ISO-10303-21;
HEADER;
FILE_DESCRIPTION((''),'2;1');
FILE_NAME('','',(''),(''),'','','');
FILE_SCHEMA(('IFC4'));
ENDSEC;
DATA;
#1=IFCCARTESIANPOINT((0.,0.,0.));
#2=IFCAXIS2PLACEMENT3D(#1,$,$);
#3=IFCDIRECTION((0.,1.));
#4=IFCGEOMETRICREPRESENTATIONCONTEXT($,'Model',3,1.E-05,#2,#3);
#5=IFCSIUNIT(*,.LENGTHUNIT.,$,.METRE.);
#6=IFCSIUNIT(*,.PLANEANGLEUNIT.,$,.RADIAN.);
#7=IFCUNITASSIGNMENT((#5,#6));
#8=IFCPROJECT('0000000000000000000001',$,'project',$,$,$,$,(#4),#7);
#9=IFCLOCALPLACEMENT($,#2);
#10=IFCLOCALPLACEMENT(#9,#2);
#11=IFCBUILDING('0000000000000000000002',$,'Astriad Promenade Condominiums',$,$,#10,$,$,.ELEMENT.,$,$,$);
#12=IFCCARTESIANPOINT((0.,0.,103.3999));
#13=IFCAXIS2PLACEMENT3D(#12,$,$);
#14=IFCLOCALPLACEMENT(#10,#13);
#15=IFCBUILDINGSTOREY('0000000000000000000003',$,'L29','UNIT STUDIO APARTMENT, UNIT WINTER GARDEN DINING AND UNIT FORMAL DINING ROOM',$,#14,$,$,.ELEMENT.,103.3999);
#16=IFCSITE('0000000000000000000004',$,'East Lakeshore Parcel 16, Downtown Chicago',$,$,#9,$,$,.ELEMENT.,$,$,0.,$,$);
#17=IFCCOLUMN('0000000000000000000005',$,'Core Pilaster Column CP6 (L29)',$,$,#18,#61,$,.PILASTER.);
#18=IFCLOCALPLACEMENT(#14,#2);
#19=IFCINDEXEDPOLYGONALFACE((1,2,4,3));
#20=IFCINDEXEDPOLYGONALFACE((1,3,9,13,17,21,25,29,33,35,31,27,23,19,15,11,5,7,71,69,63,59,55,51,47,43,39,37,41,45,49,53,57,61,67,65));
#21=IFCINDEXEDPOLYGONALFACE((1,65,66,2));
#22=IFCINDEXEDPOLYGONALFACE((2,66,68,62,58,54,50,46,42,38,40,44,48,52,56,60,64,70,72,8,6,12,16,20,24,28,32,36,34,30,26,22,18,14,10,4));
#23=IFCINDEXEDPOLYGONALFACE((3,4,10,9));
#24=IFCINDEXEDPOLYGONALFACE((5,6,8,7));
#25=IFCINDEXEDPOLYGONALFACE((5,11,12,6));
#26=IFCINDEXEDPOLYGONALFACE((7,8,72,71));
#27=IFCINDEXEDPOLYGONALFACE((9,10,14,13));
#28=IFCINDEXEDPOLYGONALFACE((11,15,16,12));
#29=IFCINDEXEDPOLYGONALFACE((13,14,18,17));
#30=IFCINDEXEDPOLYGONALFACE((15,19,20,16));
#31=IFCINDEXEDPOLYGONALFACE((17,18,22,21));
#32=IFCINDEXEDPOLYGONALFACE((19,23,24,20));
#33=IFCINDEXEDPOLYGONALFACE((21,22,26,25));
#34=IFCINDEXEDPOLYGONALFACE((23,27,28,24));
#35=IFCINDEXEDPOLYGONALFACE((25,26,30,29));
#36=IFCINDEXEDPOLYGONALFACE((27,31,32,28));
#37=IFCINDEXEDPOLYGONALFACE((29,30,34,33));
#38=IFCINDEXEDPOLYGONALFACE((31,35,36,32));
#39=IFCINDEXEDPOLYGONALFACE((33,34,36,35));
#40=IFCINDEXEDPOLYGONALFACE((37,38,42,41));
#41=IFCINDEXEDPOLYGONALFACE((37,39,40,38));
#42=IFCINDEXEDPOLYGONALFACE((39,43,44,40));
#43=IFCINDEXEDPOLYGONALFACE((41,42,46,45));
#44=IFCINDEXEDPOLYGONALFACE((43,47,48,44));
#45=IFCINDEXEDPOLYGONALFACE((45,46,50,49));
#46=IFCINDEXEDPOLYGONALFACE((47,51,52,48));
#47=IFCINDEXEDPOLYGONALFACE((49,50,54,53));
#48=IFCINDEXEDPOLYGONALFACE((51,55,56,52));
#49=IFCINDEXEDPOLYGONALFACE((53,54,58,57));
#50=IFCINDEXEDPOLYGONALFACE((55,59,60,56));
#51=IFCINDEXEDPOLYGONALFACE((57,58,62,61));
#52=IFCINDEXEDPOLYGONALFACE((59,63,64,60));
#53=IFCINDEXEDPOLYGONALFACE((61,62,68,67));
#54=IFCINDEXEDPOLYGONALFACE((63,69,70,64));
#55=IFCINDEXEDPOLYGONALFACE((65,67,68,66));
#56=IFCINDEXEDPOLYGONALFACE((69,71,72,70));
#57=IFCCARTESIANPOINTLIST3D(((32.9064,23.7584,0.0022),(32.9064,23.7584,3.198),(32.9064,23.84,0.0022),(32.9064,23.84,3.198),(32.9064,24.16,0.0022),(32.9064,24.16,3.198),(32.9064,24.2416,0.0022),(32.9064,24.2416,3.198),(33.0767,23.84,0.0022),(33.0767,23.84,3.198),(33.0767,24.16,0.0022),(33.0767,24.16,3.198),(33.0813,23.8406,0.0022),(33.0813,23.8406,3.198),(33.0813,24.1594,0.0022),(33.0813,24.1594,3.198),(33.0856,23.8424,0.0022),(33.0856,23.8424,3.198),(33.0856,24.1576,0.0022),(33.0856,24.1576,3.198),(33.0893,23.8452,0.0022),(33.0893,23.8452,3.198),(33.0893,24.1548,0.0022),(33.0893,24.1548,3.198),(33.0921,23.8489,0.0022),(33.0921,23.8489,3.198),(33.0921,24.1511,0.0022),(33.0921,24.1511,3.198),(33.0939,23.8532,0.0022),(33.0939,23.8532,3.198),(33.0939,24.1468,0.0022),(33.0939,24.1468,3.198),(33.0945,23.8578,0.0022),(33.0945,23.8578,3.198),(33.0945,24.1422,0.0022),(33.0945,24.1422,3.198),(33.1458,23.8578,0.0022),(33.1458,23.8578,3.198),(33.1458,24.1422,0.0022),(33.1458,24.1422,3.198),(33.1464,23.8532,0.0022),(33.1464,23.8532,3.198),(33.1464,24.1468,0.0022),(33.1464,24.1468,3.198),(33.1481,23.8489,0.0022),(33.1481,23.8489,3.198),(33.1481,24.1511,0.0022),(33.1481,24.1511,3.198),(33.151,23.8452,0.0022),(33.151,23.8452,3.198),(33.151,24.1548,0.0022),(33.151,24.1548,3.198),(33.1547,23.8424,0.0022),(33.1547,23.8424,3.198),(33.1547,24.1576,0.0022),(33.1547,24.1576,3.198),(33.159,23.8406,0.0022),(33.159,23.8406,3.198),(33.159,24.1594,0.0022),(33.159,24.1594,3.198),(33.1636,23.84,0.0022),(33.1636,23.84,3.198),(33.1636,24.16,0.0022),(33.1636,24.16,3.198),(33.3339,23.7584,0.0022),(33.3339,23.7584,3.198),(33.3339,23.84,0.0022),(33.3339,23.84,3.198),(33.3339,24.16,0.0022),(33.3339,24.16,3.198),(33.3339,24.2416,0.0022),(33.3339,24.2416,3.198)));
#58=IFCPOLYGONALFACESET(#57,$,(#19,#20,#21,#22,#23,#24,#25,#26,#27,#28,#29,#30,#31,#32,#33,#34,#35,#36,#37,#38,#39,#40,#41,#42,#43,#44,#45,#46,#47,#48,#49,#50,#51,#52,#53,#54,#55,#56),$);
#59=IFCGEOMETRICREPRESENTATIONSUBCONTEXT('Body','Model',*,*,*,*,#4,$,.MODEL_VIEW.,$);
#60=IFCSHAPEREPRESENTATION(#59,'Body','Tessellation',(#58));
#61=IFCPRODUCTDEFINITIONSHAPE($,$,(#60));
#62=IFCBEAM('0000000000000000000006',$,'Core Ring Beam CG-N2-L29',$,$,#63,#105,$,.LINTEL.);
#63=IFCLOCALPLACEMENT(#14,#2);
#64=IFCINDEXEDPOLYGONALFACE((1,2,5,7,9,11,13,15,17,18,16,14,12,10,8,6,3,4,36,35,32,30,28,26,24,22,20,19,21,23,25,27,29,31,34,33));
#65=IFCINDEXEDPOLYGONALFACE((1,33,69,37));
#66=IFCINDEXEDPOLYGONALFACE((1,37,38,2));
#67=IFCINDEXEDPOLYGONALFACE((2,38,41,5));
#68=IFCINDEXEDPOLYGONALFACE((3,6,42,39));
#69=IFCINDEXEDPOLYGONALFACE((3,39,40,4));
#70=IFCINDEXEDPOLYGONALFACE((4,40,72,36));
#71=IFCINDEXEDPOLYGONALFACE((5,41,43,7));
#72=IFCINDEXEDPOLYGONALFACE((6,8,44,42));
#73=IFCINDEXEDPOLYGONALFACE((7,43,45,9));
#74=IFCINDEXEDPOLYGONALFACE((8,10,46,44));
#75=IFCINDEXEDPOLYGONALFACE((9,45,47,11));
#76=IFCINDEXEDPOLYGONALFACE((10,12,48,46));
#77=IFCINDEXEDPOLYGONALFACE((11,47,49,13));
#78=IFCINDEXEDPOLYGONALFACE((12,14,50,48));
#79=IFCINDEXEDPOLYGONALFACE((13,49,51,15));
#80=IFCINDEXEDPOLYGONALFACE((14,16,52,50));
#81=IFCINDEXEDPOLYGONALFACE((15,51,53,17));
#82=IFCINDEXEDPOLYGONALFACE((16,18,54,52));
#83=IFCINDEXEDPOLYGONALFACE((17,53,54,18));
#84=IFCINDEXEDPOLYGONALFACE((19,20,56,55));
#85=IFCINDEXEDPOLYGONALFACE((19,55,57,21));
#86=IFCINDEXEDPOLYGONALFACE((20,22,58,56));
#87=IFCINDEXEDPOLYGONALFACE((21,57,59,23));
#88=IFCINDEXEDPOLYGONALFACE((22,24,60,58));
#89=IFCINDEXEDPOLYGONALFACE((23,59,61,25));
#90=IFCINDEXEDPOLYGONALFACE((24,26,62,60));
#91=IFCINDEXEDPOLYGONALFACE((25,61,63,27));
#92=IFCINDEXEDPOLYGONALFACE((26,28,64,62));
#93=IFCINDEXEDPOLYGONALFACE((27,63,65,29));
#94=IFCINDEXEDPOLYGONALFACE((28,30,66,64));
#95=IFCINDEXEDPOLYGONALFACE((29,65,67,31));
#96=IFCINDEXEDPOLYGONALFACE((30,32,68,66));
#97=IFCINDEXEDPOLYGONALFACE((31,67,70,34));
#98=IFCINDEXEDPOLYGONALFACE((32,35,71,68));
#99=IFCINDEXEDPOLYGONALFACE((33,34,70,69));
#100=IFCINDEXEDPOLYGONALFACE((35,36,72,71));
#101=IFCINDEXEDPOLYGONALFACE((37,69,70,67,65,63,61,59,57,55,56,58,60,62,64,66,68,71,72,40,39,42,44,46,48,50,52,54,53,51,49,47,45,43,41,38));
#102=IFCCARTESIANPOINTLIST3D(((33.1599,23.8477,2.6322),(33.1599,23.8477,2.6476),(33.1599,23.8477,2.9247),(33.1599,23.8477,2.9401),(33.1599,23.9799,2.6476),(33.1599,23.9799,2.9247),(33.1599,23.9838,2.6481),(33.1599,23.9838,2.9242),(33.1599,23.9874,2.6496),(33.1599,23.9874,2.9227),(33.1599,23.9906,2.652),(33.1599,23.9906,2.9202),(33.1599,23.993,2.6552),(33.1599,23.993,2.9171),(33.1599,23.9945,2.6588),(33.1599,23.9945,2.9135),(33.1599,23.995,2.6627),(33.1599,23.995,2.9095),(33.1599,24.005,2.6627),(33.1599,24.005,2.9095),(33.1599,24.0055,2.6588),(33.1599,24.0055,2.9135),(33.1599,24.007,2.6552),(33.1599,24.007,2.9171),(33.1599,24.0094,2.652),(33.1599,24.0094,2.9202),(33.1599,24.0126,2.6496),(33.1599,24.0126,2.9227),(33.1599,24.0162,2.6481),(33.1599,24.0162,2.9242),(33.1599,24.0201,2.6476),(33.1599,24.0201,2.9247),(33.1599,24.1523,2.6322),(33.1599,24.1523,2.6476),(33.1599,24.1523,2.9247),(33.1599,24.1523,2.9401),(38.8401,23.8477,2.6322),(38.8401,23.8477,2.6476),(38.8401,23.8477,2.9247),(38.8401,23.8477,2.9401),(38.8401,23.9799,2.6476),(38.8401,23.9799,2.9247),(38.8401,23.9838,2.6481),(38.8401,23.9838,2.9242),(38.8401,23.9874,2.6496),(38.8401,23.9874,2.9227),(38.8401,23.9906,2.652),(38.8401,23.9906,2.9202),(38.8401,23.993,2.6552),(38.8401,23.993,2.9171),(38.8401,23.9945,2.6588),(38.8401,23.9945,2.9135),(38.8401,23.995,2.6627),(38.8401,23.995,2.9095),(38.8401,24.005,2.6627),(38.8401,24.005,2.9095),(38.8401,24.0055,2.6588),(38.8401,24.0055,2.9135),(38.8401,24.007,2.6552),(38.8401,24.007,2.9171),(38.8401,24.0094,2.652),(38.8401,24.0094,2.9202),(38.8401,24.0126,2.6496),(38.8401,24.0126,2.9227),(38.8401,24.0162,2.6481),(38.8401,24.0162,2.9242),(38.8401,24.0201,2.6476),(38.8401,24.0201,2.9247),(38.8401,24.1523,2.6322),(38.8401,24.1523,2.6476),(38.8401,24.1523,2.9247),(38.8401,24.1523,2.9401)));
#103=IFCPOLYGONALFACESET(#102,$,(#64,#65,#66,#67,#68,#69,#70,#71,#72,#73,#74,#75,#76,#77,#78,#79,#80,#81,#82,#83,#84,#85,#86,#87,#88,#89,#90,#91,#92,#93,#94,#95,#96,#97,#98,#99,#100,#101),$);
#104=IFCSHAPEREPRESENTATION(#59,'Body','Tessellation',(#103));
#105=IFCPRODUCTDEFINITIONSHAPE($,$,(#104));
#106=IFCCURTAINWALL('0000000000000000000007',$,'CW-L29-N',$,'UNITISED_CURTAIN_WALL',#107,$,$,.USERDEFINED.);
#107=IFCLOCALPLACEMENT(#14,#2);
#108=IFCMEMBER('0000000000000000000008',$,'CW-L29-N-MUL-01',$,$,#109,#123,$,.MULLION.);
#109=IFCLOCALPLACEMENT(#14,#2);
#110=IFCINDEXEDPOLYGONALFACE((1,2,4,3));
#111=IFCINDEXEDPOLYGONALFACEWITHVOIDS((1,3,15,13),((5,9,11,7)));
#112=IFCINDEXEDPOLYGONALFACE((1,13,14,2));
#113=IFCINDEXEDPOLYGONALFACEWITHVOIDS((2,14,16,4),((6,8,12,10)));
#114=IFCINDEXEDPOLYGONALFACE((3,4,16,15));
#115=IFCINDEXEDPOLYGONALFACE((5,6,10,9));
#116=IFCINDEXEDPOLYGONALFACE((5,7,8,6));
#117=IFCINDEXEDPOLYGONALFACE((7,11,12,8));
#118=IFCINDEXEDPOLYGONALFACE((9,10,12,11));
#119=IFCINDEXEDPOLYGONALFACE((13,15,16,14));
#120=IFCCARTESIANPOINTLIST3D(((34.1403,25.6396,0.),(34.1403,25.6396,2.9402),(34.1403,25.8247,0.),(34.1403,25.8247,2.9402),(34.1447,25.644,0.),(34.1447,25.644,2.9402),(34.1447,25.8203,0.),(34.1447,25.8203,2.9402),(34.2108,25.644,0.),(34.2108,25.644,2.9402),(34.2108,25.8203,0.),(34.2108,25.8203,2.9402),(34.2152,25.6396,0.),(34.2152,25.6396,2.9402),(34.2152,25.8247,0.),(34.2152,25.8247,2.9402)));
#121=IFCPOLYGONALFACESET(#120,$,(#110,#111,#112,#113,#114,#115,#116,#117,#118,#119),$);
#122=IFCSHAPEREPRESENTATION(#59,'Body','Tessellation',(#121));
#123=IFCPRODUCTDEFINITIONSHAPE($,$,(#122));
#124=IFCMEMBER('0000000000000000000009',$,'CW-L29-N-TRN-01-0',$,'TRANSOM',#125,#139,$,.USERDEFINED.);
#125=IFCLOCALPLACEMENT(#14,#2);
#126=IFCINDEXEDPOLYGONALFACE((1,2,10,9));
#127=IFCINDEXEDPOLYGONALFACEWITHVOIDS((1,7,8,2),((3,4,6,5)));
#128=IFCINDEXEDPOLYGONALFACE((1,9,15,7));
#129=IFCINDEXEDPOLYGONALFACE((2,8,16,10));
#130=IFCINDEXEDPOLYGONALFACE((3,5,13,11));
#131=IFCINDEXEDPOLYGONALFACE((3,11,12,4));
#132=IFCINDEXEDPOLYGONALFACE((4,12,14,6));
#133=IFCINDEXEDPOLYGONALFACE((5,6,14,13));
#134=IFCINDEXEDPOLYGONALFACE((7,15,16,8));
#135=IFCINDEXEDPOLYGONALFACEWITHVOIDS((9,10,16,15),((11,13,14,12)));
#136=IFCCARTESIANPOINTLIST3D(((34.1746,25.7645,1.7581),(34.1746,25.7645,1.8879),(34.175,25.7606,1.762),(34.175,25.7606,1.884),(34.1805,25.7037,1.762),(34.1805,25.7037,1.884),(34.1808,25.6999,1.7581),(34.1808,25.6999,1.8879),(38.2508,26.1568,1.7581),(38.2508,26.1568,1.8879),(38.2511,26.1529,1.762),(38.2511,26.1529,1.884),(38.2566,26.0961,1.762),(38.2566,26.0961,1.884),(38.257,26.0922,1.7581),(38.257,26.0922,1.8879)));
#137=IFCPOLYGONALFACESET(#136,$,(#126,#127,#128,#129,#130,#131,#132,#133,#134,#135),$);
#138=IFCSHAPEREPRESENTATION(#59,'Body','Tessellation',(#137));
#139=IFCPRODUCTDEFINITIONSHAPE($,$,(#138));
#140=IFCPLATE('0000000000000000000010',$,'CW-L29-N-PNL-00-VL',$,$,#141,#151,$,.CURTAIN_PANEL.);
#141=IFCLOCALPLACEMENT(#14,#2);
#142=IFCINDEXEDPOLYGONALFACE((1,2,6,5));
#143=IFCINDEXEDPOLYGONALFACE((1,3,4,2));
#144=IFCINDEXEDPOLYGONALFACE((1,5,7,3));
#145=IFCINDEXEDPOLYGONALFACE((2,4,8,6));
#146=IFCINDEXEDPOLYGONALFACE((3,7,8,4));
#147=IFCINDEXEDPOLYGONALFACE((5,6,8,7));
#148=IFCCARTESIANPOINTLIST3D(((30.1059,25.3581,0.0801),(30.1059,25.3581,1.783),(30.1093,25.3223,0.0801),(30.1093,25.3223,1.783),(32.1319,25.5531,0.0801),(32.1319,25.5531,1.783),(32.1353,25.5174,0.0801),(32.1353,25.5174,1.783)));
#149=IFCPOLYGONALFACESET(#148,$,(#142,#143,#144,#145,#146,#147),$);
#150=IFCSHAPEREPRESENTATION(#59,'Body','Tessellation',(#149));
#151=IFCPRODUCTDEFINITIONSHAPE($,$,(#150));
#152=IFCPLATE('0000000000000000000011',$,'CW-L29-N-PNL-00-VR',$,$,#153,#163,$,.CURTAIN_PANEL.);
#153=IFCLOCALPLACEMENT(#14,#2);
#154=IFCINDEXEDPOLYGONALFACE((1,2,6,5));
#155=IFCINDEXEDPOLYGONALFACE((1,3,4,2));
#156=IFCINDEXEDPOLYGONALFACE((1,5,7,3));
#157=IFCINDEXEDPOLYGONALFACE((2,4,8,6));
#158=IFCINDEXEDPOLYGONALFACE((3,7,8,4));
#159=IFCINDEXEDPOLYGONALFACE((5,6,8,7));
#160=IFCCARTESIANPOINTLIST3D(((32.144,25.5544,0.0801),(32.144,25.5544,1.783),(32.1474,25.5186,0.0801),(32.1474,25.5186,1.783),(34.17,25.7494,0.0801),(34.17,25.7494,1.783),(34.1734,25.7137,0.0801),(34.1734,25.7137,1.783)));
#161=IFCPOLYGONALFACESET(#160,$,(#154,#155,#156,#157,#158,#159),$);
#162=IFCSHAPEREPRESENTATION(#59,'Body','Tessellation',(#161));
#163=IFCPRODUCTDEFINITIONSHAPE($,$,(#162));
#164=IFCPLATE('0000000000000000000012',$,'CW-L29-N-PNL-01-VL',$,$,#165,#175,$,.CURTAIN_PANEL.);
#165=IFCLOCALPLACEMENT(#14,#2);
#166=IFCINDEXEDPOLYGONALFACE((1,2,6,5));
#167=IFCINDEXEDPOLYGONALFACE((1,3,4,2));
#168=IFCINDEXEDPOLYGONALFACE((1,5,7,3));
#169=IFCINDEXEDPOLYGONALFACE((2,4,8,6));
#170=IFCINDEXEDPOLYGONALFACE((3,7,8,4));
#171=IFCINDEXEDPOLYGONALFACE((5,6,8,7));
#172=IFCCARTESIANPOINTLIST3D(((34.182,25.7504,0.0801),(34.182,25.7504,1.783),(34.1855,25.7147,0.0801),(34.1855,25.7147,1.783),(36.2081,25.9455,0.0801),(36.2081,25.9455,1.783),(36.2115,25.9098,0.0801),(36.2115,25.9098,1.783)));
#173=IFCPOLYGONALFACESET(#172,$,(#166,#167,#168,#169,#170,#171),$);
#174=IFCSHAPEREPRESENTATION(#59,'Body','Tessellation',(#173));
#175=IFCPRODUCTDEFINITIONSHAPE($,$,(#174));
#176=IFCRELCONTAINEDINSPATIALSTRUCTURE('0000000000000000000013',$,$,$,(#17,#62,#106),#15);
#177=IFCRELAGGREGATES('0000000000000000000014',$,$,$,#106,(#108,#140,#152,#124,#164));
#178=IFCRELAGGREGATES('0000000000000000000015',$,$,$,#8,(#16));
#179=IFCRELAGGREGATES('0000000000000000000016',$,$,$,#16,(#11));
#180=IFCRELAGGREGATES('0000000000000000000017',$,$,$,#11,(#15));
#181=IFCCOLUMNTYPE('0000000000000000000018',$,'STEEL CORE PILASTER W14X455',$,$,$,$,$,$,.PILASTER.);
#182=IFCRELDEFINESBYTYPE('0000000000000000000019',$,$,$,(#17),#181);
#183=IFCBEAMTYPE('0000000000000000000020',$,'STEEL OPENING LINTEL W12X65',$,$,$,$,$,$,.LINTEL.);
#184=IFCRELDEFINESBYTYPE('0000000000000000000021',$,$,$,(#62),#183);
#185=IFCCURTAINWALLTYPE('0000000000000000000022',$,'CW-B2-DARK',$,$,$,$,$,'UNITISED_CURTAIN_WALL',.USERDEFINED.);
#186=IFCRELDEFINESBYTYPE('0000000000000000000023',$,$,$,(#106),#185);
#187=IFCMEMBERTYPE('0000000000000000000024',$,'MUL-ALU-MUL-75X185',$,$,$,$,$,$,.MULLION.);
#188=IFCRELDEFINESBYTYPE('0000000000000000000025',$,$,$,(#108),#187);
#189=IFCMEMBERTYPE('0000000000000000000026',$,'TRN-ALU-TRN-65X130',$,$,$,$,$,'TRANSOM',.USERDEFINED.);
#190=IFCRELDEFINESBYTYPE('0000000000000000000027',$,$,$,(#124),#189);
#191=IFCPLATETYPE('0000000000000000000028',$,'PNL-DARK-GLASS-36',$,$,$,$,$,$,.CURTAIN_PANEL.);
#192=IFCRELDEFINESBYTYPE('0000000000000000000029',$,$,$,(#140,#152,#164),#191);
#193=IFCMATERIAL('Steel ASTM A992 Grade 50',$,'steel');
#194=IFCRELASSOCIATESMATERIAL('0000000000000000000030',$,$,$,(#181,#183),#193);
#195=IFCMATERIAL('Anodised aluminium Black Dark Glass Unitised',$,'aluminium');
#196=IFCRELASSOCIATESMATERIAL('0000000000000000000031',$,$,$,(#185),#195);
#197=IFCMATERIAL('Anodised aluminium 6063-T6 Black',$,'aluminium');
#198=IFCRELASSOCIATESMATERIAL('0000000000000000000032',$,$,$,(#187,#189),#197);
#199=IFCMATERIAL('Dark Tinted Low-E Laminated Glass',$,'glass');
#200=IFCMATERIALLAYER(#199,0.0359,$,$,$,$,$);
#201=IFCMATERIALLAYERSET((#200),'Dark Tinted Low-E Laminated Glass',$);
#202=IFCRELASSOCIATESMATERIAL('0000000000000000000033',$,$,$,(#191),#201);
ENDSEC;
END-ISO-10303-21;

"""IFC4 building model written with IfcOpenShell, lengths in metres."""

from ifc_helpers import new_model, si_unit, direction, frame, origin, origin_2d, place, context, subcontext, project, spatial, rectangle, hollow_rectangle, i_section, extrude, source, transform, mapped, material, layer, layer_set, material_profile, profile_set, type_object, type_shapes, element, aggregate, save


model = new_model("IFC4")

# Units and contexts
model_context = context("Model", 3, precision=1e-05, world=origin(), true_north=direction((0.0, 1.0)))
body_context = subcontext(model_context, "Body", "Model", "MODEL_VIEW")
ifc_project = project(units=[si_unit("LENGTHUNIT", "METRE"), si_unit("PLANEANGLEUNIT", "RADIAN")], contexts=[model_context])

# Site, building, storey
site_placement = place(None, origin())
site = spatial("IfcSite", under=ifc_project, at=site_placement, Name="East Lakeshore Parcel 16, Downtown Chicago", CompositionType="ELEMENT", RefElevation=0.0)
building_placement = place(site_placement, origin())
building = spatial("IfcBuilding", under=site, at=building_placement, Name="Astriad Promenade Condominiums", CompositionType="ELEMENT")
storey_placement = place(building_placement, frame((0.0, 0.0, 103.3999)))
storey = spatial("IfcBuildingStorey", under=building, at=storey_placement, Name="L29", Description="UNIT STUDIO APARTMENT, UNIT WINTER GARDEN DINING AND UNIT FORMAL DINING ROOM", CompositionType="ELEMENT", Elevation=103.3999)

# Column
ifc_material_1 = material(Name="Steel ASTM A992 Grade 50", Category="steel")
ifc_material_profile_1 = material_profile(ifc_material_1, i_section(OverallWidth=0.4275, OverallDepth=0.4832, WebThickness=0.0513, FlangeThickness=0.0815, FilletRadius=0.0178, at=origin_2d()), Name="W14X455")
ifc_profile_set_1 = profile_set([ifc_material_profile_1], Name="Steel ASTM A992 Grade 50")
column_type = type_object("IfcColumnType", Name="STEEL CORE PILASTER W14X455", PredefinedType="PILASTER", material=ifc_profile_set_1)
shared_shape_1 = source(origin(), body_context, "Body", "SweptSolid", [
    extrude(i_section(OverallWidth=0.4275, OverallDepth=0.4832, WebThickness=0.0513, FlangeThickness=0.0815, FilletRadius=0.0178, at=origin_2d()), origin(), (0.0, 0.0, 1.0), 3.1958),
])
type_shapes(column_type, [shared_shape_1])
column_placement = place(storey_placement, frame((33.1201, 24.0, 0.0022), z_axis=(0.0, 0.0, 1.0), x_axis=(1.0, 0.0, 0.0)))
element("IfcColumn", 1, at=column_placement, inside=storey, type_object=column_type, Name="Core Pilaster Column CP6 (L29)", PredefinedType="PILASTER", context=body_context, shape_type="MappedRepresentation", body=[
    mapped(shared_shape_1, transform((0.0, 0.0, 0.0), scale=1.0)),
])

# Beam
ifc_material_profile_2 = material_profile(ifc_material_1, i_section(OverallWidth=0.3047, OverallDepth=0.3079, WebThickness=0.01, FlangeThickness=0.0154, FilletRadius=0.0151, at=origin_2d()), Name="W12X65")
ifc_profile_set_2 = profile_set([ifc_material_profile_2], Name="Steel ASTM A992 Grade 50")
beam_type = type_object("IfcBeamType", Name="STEEL OPENING LINTEL W12X65", PredefinedType="LINTEL", material=ifc_profile_set_2)
shared_shape_2 = source(origin(), body_context, "Body", "SweptSolid", [
    extrude(i_section(OverallWidth=0.3047, OverallDepth=0.3079, WebThickness=0.01, FlangeThickness=0.0154, FilletRadius=0.0151, at=origin_2d()), origin(), (0.0, 0.0, 1.0), 5.6802),
])
type_shapes(beam_type, [shared_shape_2])
beam_placement = place(storey_placement, frame((33.1599, 24.0, 2.7861), z_axis=(1.0, 0.0, 0.0), x_axis=(0.0, 1.0, 0.0)))
element("IfcBeam", 2, at=beam_placement, inside=storey, type_object=beam_type, Name="Core Ring Beam CG-N2-L29", PredefinedType="LINTEL", context=body_context, shape_type="MappedRepresentation", body=[
    mapped(shared_shape_2, transform((0.0, 0.0, 0.0), scale=1.0)),
])

# Curtain wall, members, plates
ifc_material_2 = material(Name="Anodised aluminium Black Dark Glass Unitised", Category="aluminium")
curtain_wall_type = type_object("IfcCurtainWallType", Name="CW-B2-DARK", ElementType="UNITISED_CURTAIN_WALL", PredefinedType="USERDEFINED", material=ifc_material_2)
curtain_wall_placement = place(storey_placement, origin())
curtain_wall = element("IfcCurtainWall", 3, at=curtain_wall_placement, inside=storey, type_object=curtain_wall_type, Name="CW-L29-N", ObjectType="UNITISED_CURTAIN_WALL", PredefinedType="USERDEFINED")
ifc_material_3 = material(Name="Anodised aluminium 6063-T6 Black", Category="aluminium")
ifc_material_profile_3 = material_profile(ifc_material_3, hollow_rectangle(XDim=0.075, YDim=0.1851, WallThickness=0.0044, at=origin_2d()), Name="ALU-MUL-75X185")
ifc_profile_set_3 = profile_set([ifc_material_profile_3], Name="Anodised aluminium 6063-T6 Black")
member_type_1 = type_object("IfcMemberType", Name="MUL-ALU-MUL-75X185", PredefinedType="MULLION", material=ifc_profile_set_3)
shared_shape_3 = source(origin(), body_context, "Body", "SweptSolid", [
    extrude(hollow_rectangle(XDim=0.075, YDim=0.1851, WallThickness=0.0044, at=origin_2d()), origin(), (0.0, 0.0, 1.0), 2.9402),
])
type_shapes(member_type_1, [shared_shape_3])
member_1_placement = place(storey_placement, frame((34.1777, 25.7322, 0.0), z_axis=(0.0, 0.0, 1.0), x_axis=(1.0, 0.0, 0.0)))
member_1 = element("IfcMember", 4, at=member_1_placement, type_object=member_type_1, Name="CW-L29-N-MUL-01", PredefinedType="MULLION", context=body_context, shape_type="MappedRepresentation", body=[
    mapped(shared_shape_3, transform((0.0, 0.0, 0.0), scale=1.0)),
])
ifc_material_profile_4 = material_profile(ifc_material_3, hollow_rectangle(XDim=0.0649, YDim=0.1299, WallThickness=0.0039, at=origin_2d()), Name="ALU-TRN-65X130")
ifc_profile_set_4 = profile_set([ifc_material_profile_4], Name="Anodised aluminium 6063-T6 Black")
member_type_2 = type_object("IfcMemberType", Name="TRN-ALU-TRN-65X130", ElementType="TRANSOM", PredefinedType="USERDEFINED", material=ifc_profile_set_4)
shared_shape_4 = source(origin(), body_context, "Body", "SweptSolid", [
    extrude(hollow_rectangle(XDim=0.0649, YDim=0.1299, WallThickness=0.0039, at=origin_2d()), origin(), (0.0, 0.0, 1.0), 4.095),
])
type_shapes(member_type_2, [shared_shape_4])
member_2_placement = place(storey_placement, frame((34.1777, 25.7322, 1.823), z_axis=(0.9954, 0.095808, 0.0), x_axis=(-0.095808, 0.9954, 0.0)))
member_2 = element("IfcMember", 5, at=member_2_placement, type_object=member_type_2, Name="CW-L29-N-TRN-01-0", ObjectType="TRANSOM", PredefinedType="USERDEFINED", context=body_context, shape_type="MappedRepresentation", body=[
    mapped(shared_shape_4, transform((0.0, 0.0, 0.0), scale=1.0)),
])
ifc_material_4 = material(Name="Dark Tinted Low-E Laminated Glass", Category="glass")
ifc_layer_1 = layer(ifc_material_4, 0.0359)
ifc_layer_set_1 = layer_set([ifc_layer_1], Name="Dark Tinted Low-E Laminated Glass")
plate_type = type_object("IfcPlateType", Name="PNL-DARK-GLASS-36", PredefinedType="CURTAIN_PANEL", material=ifc_layer_set_1)
shared_shape_5 = source(origin(), body_context, "Body", "SweptSolid", [
    extrude(rectangle(XDim=2.0354, YDim=0.0359, at=origin_2d()), origin(), (0.0, 0.0, 1.0), 1.7029),
])
plate_1_placement = place(storey_placement, frame((31.1206, 25.4377, 0.0801), z_axis=(0.0, 0.0, 1.0), x_axis=(0.995396, 0.095846, 0.0)))
plate_1 = element("IfcPlate", 6, at=plate_1_placement, type_object=plate_type, Name="CW-L29-N-PNL-00-VL", PredefinedType="CURTAIN_PANEL", context=body_context, shape_type="MappedRepresentation", body=[
    mapped(shared_shape_5, transform((0.0, 0.0, 0.0), scale=1.0)),
])
plate_2_placement = place(storey_placement, frame((33.1587, 25.634, 0.0801), z_axis=(0.0, 0.0, 1.0), x_axis=(0.995396, 0.095846, 0.0)))
plate_2 = element("IfcPlate", 7, at=plate_2_placement, type_object=plate_type, Name="CW-L29-N-PNL-00-VR", PredefinedType="CURTAIN_PANEL", context=body_context, shape_type="MappedRepresentation", body=[
    mapped(shared_shape_5, transform((0.0, 0.0, 0.0), scale=1.0)),
])
plate_3_placement = place(storey_placement, frame((35.1968, 25.8301, 0.0801), z_axis=(0.0, 0.0, 1.0), x_axis=(0.995396, 0.095846, 0.0)))
plate_3 = element("IfcPlate", 8, at=plate_3_placement, type_object=plate_type, Name="CW-L29-N-PNL-01-VL", PredefinedType="CURTAIN_PANEL", context=body_context, shape_type="MappedRepresentation", body=[
    mapped(shared_shape_5, transform((0.0, 0.0, 0.0), scale=1.0)),
])
aggregate(curtain_wall, [member_1, plate_1, plate_2, member_2, plate_3])

save(model, "model.ifc")
